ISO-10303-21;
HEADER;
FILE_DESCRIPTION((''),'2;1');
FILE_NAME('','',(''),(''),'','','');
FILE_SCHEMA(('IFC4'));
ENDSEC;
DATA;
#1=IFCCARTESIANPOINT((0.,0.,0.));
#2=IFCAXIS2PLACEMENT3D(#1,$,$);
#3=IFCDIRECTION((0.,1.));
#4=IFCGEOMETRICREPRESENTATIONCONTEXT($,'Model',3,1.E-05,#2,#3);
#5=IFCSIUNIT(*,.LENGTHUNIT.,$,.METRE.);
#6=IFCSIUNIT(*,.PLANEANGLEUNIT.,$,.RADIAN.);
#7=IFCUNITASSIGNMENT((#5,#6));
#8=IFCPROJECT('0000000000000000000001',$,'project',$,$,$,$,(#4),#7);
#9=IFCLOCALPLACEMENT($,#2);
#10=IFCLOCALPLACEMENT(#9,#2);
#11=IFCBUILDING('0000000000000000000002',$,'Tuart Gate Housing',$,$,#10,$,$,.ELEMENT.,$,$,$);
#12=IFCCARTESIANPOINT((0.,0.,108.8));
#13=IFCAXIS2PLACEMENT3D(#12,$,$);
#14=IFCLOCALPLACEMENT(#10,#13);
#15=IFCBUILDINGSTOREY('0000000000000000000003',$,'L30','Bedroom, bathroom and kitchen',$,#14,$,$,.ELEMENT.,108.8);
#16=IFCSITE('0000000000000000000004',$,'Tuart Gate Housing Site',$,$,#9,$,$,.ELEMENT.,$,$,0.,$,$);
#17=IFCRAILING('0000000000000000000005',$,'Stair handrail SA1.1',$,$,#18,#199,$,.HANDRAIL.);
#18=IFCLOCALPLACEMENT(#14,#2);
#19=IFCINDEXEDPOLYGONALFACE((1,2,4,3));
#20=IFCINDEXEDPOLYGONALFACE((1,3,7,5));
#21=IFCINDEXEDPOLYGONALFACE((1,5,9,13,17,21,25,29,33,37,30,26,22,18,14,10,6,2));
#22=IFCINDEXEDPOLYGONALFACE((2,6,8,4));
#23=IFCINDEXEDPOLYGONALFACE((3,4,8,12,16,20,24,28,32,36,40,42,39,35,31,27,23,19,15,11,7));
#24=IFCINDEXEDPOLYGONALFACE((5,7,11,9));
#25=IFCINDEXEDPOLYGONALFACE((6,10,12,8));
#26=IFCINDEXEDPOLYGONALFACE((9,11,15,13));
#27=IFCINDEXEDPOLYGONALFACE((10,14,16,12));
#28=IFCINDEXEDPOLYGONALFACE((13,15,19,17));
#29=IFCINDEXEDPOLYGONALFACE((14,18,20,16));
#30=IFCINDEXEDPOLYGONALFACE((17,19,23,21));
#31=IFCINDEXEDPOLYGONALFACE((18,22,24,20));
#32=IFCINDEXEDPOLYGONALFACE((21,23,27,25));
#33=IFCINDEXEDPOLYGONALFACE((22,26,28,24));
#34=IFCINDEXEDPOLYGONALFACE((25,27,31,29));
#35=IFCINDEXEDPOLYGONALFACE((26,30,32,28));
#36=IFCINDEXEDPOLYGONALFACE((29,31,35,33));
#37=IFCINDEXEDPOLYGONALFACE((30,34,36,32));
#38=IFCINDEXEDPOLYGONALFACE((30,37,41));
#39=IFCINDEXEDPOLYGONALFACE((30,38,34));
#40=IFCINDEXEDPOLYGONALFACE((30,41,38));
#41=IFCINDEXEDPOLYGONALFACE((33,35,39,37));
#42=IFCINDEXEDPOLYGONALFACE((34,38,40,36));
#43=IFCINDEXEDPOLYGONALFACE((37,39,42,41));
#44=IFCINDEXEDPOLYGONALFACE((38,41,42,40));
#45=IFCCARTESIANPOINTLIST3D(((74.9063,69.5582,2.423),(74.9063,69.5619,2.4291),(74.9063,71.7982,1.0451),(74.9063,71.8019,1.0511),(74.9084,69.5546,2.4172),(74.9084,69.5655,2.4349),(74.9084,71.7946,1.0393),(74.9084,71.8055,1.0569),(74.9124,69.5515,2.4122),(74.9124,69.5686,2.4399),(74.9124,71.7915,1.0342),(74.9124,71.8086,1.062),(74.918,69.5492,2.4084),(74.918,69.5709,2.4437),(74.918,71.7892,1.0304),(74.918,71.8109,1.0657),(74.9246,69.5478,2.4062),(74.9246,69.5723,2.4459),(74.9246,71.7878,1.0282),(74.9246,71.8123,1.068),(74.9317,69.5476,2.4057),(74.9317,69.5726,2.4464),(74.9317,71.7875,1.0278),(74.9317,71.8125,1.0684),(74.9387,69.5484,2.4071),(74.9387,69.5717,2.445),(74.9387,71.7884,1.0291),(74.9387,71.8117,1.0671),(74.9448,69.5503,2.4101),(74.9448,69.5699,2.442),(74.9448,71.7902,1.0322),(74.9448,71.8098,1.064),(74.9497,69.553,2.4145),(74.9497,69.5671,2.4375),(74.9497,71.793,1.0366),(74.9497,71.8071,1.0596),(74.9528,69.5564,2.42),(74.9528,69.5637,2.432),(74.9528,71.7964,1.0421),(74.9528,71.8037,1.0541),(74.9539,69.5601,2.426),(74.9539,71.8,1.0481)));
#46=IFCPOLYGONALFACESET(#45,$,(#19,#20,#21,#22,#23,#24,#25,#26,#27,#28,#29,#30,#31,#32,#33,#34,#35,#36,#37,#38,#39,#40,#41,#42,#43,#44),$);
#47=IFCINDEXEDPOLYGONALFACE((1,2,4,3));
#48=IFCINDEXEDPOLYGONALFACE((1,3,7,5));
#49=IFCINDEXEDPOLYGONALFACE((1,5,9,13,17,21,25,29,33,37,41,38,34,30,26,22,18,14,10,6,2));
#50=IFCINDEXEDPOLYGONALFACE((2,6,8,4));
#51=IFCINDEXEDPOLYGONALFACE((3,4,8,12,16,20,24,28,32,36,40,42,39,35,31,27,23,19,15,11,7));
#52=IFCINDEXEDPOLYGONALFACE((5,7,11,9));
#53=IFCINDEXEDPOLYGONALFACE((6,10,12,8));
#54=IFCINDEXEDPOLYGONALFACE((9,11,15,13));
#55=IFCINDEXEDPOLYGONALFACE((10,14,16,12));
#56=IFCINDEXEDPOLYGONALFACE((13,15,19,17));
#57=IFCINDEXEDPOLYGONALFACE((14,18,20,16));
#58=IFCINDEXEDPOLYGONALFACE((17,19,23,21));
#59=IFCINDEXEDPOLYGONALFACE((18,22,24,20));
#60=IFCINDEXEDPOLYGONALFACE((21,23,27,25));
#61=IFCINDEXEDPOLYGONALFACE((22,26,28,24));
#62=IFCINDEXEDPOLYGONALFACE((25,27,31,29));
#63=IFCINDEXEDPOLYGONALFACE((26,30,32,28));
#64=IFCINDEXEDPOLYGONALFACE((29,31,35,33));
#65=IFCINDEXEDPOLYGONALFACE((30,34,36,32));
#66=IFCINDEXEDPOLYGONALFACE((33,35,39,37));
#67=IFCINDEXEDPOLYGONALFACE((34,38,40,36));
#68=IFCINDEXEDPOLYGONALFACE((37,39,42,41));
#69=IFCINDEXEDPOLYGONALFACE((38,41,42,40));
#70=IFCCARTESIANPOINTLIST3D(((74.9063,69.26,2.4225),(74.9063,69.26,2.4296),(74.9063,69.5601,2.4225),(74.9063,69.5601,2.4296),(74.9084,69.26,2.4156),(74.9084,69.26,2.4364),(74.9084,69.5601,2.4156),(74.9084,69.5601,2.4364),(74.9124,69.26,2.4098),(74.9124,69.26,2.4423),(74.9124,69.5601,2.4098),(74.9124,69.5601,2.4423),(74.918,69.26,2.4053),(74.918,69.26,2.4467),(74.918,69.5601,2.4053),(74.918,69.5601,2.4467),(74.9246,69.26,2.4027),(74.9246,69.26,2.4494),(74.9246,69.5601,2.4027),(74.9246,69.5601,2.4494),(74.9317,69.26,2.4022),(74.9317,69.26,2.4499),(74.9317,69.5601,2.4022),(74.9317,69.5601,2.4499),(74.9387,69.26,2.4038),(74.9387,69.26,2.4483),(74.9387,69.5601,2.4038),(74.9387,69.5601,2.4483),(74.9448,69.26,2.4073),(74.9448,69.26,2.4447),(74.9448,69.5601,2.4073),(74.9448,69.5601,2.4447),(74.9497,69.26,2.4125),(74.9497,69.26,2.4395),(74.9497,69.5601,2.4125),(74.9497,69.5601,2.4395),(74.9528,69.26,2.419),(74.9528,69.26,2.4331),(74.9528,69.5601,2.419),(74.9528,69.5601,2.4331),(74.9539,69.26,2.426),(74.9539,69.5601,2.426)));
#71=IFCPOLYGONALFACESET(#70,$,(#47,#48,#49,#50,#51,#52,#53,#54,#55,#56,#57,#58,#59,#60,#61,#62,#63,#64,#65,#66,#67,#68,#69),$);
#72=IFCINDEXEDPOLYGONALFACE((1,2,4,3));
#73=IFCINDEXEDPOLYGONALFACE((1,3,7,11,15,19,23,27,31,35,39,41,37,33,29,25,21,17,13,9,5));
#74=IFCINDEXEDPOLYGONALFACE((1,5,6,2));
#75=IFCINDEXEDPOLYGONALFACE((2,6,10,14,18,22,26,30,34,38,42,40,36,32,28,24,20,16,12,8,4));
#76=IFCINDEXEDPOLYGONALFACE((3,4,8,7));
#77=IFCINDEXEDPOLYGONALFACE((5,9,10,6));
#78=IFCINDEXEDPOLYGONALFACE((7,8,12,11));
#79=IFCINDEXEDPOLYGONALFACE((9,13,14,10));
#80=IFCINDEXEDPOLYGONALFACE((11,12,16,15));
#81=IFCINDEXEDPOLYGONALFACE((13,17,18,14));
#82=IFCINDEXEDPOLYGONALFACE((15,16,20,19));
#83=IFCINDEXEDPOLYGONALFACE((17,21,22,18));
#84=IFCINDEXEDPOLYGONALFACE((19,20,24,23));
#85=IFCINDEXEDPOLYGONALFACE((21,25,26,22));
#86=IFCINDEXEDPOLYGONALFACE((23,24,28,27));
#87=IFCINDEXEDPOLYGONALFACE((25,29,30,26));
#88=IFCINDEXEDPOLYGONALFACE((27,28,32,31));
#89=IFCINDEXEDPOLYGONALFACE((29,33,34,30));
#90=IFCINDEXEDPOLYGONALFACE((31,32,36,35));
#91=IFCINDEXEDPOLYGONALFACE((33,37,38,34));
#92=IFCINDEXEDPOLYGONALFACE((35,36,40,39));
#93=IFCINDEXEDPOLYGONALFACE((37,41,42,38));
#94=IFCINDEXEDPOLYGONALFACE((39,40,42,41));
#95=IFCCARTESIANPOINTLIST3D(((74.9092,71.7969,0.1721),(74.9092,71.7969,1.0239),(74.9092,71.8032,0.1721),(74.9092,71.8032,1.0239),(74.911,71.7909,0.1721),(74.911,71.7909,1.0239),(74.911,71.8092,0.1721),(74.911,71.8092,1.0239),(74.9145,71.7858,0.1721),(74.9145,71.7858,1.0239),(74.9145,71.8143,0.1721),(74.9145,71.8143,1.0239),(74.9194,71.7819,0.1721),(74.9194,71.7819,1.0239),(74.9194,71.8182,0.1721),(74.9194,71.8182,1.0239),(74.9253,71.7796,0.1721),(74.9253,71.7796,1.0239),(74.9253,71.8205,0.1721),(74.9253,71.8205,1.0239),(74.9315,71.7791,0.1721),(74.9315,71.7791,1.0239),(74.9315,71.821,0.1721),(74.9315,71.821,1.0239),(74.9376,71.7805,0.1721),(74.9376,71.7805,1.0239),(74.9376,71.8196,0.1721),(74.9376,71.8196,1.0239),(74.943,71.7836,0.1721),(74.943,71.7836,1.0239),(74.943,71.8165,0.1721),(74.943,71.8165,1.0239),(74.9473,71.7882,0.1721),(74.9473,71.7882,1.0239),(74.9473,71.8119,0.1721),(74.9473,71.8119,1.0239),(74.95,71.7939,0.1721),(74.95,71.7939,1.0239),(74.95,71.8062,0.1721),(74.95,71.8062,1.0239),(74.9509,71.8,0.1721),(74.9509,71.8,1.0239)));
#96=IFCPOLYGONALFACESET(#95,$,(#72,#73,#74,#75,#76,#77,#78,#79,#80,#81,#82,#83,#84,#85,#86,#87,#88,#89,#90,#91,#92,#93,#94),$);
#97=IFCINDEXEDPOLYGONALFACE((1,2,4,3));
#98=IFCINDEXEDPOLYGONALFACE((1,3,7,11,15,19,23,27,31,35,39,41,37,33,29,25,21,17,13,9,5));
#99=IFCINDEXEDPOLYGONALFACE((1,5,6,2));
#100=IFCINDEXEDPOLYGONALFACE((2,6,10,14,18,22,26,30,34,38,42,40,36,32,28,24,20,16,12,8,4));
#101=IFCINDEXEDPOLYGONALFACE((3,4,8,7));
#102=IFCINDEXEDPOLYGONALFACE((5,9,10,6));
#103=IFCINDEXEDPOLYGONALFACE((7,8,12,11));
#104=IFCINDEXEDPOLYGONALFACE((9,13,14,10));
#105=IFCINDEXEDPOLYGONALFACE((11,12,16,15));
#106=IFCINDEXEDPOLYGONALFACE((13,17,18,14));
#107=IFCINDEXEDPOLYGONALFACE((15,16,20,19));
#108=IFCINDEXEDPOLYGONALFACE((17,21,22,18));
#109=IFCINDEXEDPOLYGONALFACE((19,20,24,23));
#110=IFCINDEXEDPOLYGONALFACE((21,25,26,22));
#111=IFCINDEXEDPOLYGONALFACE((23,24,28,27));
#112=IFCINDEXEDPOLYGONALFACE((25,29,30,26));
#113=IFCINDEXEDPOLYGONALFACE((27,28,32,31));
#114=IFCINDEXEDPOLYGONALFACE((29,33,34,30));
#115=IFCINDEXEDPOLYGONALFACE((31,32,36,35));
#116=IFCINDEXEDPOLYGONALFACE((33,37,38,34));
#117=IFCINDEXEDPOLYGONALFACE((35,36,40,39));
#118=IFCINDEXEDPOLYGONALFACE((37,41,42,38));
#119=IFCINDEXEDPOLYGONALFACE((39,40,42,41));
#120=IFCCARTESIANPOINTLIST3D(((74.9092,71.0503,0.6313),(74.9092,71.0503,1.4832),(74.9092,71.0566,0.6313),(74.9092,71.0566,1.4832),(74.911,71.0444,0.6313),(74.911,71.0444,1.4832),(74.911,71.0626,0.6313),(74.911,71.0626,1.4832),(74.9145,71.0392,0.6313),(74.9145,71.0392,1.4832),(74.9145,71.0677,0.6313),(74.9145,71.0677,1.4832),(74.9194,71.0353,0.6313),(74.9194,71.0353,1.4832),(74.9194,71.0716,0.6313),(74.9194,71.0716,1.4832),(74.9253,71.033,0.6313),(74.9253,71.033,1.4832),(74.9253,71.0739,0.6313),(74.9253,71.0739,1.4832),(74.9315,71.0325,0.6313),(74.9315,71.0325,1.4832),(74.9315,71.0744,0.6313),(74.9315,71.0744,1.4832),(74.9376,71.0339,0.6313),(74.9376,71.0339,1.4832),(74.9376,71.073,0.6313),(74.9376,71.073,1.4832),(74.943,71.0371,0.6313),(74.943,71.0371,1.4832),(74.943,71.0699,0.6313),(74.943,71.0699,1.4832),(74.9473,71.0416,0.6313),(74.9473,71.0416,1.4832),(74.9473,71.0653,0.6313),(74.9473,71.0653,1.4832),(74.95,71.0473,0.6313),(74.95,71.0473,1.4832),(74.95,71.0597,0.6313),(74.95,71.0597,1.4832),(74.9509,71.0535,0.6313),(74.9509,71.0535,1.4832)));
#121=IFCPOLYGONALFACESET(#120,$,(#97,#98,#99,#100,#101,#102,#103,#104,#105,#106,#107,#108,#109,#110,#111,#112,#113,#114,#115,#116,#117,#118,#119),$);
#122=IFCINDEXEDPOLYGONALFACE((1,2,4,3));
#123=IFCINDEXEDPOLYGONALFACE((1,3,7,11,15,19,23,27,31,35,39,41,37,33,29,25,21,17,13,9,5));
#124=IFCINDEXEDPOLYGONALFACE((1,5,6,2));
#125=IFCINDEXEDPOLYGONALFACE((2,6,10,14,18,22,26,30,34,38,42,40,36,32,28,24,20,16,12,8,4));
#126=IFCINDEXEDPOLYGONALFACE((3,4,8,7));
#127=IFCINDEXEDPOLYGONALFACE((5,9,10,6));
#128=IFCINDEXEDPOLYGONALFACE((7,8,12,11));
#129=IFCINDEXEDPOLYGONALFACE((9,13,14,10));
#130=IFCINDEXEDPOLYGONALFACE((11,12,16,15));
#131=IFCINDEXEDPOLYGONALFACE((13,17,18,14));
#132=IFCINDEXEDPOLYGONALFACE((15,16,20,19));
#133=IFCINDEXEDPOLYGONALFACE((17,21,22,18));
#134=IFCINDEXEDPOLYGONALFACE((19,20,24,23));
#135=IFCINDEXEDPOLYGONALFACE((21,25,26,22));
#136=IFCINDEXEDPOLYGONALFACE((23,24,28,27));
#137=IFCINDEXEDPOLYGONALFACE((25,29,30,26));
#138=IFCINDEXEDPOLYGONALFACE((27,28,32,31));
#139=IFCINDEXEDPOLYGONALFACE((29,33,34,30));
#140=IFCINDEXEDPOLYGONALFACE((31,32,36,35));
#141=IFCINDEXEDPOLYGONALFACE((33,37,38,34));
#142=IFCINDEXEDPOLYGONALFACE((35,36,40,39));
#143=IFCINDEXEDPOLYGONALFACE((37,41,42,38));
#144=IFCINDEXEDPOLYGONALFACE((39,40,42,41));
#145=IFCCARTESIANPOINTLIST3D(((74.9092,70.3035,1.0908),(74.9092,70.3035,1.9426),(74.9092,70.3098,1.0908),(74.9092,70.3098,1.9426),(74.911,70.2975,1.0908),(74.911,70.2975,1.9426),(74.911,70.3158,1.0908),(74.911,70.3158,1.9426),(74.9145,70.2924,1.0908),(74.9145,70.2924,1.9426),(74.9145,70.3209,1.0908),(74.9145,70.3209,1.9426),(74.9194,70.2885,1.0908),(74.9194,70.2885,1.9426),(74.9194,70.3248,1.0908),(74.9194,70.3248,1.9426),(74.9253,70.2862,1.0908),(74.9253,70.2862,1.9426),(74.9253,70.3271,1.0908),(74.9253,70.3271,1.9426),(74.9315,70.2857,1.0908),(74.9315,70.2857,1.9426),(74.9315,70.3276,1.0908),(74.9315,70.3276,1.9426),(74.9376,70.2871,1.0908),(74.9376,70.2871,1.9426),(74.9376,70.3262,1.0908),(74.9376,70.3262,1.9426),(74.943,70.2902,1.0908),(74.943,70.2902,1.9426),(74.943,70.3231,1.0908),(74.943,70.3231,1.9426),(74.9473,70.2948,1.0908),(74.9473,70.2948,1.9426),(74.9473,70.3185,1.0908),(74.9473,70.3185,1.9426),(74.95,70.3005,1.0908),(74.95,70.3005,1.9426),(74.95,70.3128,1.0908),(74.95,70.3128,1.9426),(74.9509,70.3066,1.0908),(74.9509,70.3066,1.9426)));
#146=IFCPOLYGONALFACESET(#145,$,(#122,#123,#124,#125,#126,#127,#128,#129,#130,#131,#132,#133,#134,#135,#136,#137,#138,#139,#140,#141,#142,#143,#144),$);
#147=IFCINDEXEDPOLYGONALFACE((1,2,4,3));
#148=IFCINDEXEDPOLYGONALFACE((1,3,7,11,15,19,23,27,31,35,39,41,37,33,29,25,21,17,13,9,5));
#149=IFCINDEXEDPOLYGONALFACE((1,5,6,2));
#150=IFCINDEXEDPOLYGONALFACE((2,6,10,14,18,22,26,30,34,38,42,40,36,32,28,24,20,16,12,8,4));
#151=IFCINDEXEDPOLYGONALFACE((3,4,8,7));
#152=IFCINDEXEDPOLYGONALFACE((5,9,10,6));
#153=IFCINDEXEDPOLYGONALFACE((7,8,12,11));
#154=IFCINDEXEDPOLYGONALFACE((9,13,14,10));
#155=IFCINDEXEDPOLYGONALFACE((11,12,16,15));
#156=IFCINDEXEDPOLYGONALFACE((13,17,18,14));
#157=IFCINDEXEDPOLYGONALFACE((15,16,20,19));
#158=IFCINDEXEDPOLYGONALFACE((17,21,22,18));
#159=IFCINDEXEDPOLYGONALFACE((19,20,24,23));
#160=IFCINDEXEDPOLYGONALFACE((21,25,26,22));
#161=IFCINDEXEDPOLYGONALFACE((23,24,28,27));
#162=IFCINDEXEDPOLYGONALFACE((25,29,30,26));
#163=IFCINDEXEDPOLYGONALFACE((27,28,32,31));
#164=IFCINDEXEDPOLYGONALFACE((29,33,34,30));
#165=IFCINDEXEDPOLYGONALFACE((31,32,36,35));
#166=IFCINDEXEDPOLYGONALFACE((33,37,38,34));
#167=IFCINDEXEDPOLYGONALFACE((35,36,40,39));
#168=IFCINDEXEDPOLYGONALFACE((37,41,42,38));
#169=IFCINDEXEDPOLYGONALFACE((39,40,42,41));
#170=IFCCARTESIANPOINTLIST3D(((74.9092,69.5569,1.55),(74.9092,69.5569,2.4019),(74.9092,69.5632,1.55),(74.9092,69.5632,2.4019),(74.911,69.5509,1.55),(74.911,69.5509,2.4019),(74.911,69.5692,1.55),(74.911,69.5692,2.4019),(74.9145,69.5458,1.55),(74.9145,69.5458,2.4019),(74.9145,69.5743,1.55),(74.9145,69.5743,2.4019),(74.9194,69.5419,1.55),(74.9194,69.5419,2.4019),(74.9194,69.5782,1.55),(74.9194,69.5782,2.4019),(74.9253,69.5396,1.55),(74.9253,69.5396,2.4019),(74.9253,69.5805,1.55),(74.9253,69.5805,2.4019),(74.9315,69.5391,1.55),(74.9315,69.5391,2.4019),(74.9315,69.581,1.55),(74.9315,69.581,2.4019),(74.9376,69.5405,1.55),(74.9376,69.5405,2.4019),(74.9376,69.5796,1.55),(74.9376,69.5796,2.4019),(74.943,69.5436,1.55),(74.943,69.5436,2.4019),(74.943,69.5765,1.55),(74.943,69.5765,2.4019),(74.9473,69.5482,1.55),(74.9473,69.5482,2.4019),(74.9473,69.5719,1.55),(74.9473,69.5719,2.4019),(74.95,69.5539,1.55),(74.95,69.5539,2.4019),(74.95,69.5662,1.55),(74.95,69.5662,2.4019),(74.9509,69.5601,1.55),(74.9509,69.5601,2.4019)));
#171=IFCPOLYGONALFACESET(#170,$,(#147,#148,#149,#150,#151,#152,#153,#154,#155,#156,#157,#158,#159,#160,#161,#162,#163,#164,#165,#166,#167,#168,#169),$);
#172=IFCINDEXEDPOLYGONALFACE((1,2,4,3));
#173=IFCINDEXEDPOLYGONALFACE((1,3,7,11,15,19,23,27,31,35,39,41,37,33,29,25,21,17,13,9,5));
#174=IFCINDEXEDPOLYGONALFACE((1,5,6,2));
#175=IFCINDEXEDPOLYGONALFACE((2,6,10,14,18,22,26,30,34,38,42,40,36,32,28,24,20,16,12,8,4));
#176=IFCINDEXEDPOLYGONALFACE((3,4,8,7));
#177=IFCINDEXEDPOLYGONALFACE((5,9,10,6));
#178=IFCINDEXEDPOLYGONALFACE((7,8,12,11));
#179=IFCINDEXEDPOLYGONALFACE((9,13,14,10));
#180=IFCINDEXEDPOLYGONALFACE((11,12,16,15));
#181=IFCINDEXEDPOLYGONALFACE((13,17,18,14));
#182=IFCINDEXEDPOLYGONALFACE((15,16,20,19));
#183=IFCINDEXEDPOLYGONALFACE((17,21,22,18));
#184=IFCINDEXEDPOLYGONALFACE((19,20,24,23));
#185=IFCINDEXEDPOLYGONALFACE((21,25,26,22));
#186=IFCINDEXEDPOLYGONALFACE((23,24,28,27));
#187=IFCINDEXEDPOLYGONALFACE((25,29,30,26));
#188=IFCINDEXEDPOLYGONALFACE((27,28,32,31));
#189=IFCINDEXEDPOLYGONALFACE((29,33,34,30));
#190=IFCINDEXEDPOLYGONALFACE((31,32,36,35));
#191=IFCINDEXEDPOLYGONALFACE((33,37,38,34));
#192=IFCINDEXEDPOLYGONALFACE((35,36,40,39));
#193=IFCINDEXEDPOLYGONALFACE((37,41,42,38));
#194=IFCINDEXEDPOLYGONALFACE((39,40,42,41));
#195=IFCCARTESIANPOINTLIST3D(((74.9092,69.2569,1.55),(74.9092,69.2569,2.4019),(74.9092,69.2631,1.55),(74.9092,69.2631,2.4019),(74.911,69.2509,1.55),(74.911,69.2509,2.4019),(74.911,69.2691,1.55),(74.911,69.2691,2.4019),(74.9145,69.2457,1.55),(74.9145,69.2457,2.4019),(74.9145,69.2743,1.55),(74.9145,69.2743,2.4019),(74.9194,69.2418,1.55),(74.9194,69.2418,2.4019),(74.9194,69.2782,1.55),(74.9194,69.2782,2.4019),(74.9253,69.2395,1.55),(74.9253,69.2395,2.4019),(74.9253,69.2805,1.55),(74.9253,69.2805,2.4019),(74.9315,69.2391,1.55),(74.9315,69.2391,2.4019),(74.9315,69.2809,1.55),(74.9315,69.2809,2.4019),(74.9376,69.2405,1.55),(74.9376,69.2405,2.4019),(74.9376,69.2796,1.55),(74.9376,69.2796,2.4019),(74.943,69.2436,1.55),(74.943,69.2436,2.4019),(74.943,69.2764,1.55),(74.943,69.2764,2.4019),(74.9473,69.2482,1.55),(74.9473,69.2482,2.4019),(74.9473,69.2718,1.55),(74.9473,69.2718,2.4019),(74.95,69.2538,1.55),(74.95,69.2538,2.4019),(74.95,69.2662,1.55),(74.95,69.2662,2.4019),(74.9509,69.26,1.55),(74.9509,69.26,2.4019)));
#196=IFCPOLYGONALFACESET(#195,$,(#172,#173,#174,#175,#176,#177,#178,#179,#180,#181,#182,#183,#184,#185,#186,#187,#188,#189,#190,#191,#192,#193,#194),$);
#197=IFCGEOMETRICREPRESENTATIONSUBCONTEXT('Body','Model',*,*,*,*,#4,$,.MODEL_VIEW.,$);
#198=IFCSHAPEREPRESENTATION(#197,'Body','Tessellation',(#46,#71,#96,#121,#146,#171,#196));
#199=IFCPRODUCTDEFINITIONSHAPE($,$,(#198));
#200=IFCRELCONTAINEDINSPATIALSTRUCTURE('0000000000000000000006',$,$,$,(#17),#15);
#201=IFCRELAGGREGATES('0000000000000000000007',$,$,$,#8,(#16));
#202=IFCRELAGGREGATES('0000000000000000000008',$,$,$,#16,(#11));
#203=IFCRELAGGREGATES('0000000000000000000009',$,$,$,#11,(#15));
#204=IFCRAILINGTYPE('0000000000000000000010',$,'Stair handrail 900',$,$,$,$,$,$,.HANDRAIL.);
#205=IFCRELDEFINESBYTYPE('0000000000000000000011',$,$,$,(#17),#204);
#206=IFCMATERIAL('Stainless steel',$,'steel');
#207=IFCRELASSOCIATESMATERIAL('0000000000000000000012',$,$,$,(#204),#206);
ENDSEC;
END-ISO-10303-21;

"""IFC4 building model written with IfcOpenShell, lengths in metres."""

from ifc_helpers import new_model, si_unit, direction, frame, origin, origin_2d, place, context, subcontext, project, spatial, circle, extrude, material, type_object, element, save


model = new_model("IFC4")

# Units and contexts
model_context = context("Model", 3, precision=1e-05, world=origin(), true_north=direction((0.0, 1.0)))
body_context = subcontext(model_context, "Body", "Model", "MODEL_VIEW")
ifc_project = project(units=[si_unit("LENGTHUNIT", "METRE"), si_unit("PLANEANGLEUNIT", "RADIAN")], contexts=[model_context])

# Site, building, storey
site_placement = place(None, origin())
site = spatial("IfcSite", under=ifc_project, at=site_placement, Name="Tuart Gate Housing Site", CompositionType="ELEMENT", RefElevation=0.0)
building_placement = place(site_placement, origin())
building = spatial("IfcBuilding", under=site, at=building_placement, Name="Tuart Gate Housing", CompositionType="ELEMENT")
storey_placement = place(building_placement, frame((0.0, 0.0, 108.8)))
storey = spatial("IfcBuildingStorey", under=building, at=storey_placement, Name="L30", Description="Bedroom, bathroom and kitchen", CompositionType="ELEMENT", Elevation=108.8)

# Railing
ifc_material_1 = material(Name="Stainless steel", Category="steel")
railing_type = type_object("IfcRailingType", Name="Stair handrail 900", PredefinedType="HANDRAIL", material=ifc_material_1)
railing_placement = place(storey_placement, frame((74.9299, 71.8, 0.1721)))
element("IfcRailing", 1, at=railing_placement, inside=storey, type_object=railing_type, Name="Stair handrail SA1.1", PredefinedType="HANDRAIL", context=body_context, shape_type="SweptSolid", body=[
    extrude(circle(Radius=0.0239, at=origin_2d()), frame((0.0, 0.0, 0.876), z_axis=(0.0, -0.851748, 0.523952), x_axis=(1.0, 0.0, 0.0)), (0.0, 0.0, 1.0), 2.6299),
    extrude(circle(Radius=0.0239, at=origin_2d()), frame((0.0, -2.24, 2.2539), z_axis=(0.0, -1.0, 0.0), x_axis=(1.0, 0.0, 0.0)), (0.0, 0.0, 1.0), 0.3),
    extrude(circle(Radius=0.021, at=origin_2d()), origin(), (0.0, 0.0, 1.0), 0.8518),
    extrude(circle(Radius=0.021, at=origin_2d()), frame((0.0, -0.7466, 0.4592)), (0.0, 0.0, 1.0), 0.8518),
    extrude(circle(Radius=0.021, at=origin_2d()), frame((0.0, -1.4934, 0.9187)), (0.0, 0.0, 1.0), 0.8518),
    extrude(circle(Radius=0.021, at=origin_2d()), frame((0.0, -2.24, 1.3779)), (0.0, 0.0, 1.0), 0.8518),
    extrude(circle(Radius=0.021, at=origin_2d()), frame((0.0, -2.54, 1.3779)), (0.0, 0.0, 1.0), 0.8518),
])

save(model, "model.ifc")
